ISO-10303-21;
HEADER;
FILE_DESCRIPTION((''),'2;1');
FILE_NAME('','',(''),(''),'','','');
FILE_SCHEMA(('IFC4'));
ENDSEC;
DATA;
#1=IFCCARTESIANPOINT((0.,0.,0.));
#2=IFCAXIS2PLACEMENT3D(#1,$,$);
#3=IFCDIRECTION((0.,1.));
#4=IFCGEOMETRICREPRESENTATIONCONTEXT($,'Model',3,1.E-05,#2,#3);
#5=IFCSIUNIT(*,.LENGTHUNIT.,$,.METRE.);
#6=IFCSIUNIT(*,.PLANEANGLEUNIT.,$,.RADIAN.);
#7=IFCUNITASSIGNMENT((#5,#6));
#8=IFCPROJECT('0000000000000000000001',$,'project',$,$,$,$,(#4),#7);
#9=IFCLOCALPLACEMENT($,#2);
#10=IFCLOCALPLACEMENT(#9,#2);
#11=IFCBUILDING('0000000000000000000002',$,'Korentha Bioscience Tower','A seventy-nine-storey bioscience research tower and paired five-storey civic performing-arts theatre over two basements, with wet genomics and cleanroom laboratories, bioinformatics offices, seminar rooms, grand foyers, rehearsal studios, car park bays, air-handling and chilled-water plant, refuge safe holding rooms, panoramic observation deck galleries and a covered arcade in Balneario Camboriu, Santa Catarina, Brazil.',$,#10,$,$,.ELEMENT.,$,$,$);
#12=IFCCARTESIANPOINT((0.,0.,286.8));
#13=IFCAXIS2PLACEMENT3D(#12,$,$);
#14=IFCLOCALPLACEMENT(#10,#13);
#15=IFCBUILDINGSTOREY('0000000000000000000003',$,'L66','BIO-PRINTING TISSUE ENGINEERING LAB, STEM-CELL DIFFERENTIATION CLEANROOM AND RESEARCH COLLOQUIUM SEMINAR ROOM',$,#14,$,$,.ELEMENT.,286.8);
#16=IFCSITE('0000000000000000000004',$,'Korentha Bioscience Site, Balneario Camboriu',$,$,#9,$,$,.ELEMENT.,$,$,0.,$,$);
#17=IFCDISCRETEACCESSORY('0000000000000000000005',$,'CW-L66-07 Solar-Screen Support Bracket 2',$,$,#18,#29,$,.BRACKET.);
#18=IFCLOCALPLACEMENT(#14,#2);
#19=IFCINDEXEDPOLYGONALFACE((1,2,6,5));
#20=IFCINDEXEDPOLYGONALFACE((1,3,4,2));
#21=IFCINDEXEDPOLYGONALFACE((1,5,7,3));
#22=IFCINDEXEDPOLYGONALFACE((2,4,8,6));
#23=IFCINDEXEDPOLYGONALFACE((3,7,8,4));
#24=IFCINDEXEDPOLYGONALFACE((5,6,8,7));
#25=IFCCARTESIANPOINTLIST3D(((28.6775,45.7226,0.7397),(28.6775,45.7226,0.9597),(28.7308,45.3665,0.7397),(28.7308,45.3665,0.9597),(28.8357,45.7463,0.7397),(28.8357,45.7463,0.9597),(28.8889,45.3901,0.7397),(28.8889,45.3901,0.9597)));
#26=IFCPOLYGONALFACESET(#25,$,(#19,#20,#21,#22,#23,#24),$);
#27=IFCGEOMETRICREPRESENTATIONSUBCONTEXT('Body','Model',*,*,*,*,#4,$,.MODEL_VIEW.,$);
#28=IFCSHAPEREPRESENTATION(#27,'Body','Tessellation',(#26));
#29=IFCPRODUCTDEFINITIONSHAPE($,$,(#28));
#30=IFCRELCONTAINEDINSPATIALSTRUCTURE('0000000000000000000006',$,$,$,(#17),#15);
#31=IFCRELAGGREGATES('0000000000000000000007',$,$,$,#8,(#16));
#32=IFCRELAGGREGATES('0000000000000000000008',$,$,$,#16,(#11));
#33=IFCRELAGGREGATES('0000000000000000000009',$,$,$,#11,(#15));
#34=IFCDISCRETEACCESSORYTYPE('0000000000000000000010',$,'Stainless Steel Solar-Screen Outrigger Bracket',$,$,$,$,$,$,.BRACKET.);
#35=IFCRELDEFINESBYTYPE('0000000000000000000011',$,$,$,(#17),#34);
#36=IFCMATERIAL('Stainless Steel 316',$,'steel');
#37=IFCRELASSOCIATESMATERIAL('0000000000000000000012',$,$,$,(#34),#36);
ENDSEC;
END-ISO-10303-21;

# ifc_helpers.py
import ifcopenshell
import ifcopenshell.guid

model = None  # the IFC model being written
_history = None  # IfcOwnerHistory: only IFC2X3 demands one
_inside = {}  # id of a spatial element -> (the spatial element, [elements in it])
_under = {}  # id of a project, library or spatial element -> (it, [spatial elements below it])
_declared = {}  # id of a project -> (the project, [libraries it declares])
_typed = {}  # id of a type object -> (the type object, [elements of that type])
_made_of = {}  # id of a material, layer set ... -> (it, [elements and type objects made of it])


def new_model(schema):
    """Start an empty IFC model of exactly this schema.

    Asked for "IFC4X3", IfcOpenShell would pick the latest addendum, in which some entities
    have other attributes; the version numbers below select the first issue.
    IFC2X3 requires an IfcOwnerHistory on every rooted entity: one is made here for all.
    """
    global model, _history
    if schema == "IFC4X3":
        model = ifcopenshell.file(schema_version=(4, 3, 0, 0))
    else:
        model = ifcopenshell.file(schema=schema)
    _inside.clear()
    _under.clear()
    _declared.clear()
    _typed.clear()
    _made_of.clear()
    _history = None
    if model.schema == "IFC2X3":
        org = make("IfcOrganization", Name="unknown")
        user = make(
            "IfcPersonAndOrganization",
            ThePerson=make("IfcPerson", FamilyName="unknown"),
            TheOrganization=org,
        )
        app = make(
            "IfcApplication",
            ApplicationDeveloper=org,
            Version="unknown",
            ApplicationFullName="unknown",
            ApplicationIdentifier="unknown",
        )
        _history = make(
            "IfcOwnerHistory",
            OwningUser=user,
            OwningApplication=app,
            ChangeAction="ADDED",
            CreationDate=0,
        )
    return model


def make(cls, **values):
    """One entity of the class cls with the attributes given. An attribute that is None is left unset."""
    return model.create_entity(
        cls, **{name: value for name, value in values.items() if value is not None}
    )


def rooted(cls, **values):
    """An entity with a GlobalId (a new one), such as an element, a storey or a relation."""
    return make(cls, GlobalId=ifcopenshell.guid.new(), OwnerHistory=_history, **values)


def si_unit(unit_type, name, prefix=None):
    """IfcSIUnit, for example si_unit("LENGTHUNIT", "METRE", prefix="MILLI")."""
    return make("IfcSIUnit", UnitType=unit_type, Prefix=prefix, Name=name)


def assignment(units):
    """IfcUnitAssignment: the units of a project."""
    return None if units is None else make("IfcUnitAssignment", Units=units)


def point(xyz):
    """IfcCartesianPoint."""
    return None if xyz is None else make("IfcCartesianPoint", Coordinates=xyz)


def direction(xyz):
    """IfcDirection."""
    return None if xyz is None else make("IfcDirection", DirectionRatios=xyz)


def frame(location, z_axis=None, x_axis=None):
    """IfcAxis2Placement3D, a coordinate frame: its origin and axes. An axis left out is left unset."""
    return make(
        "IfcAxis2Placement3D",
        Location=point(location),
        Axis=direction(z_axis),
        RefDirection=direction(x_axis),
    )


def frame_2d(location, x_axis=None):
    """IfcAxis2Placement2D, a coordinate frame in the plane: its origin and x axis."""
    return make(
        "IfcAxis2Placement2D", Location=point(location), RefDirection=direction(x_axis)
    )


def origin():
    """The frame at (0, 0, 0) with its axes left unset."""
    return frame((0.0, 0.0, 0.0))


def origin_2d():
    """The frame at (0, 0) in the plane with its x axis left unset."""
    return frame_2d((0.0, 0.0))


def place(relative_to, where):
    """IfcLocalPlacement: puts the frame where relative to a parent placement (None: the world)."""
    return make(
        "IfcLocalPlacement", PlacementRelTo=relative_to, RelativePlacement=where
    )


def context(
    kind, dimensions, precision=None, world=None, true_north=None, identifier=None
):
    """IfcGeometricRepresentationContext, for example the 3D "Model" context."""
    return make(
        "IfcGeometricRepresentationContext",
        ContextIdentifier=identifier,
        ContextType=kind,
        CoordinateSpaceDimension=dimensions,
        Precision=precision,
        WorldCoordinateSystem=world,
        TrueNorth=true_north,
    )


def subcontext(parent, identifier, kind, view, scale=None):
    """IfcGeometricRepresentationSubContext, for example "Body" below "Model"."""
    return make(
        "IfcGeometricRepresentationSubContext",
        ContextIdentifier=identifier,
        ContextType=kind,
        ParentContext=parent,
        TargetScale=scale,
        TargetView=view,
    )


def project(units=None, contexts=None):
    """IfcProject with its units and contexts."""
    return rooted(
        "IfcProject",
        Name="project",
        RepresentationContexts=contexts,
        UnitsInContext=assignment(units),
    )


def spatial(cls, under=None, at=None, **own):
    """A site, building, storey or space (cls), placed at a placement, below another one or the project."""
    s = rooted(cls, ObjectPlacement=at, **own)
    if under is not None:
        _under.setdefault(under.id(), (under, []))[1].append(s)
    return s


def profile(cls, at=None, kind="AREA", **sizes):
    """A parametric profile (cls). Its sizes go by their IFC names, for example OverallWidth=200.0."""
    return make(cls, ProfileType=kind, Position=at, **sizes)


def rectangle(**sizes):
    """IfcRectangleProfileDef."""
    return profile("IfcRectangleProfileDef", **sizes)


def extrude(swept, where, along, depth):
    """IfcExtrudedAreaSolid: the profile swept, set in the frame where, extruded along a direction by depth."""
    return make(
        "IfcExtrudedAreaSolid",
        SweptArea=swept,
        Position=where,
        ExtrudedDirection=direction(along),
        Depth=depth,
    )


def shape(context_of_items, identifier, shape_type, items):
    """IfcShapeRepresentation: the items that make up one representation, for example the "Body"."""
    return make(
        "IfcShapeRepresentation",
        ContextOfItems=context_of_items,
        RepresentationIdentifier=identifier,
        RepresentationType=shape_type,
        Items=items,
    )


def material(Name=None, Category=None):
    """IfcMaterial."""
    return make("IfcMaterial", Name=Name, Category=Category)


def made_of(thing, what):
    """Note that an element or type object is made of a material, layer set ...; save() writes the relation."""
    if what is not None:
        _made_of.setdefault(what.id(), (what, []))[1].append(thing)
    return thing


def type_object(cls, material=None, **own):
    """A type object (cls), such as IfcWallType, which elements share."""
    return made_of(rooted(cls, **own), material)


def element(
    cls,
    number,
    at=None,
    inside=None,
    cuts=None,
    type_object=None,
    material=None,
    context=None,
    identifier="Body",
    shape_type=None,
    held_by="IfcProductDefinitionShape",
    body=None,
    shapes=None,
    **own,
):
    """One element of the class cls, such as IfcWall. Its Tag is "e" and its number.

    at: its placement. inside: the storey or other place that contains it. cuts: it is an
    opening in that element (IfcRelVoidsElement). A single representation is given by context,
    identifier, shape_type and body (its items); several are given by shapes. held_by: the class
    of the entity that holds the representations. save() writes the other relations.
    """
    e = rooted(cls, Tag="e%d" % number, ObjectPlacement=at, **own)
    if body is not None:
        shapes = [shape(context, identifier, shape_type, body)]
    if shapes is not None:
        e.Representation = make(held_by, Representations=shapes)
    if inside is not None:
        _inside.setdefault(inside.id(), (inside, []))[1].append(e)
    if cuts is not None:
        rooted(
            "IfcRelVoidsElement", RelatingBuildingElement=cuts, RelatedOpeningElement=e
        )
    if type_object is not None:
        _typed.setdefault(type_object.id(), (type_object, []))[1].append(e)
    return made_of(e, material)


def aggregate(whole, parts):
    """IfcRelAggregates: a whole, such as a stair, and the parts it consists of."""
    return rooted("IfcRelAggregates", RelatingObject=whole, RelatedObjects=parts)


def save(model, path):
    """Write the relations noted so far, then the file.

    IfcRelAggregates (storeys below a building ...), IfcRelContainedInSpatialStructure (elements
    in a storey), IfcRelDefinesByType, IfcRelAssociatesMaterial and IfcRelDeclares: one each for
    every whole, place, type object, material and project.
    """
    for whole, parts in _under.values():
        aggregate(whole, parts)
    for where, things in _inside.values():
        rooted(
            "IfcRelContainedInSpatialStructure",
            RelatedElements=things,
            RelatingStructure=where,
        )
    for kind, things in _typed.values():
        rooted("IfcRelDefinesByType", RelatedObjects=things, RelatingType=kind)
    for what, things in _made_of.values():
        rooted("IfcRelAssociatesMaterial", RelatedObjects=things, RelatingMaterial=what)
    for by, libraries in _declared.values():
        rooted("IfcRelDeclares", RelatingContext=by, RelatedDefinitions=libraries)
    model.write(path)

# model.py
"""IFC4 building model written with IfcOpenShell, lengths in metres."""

from ifc_helpers import new_model, si_unit, direction, frame, origin, origin_2d, place, context, subcontext, project, spatial, rectangle, extrude, material, type_object, element, save


model = new_model("IFC4")

# Units and contexts
model_context = context("Model", 3, precision=1e-05, world=origin(), true_north=direction((0.0, 1.0)))
body_context = subcontext(model_context, "Body", "Model", "MODEL_VIEW")
ifc_project = project(units=[si_unit("LENGTHUNIT", "METRE"), si_unit("PLANEANGLEUNIT", "RADIAN")], contexts=[model_context])

# Site, building, storey
site_placement = place(None, origin())
site = spatial("IfcSite", under=ifc_project, at=site_placement, Name="Korentha Bioscience Site, Balneario Camboriu", CompositionType="ELEMENT", RefElevation=0.0)
building_placement = place(site_placement, origin())
building = spatial("IfcBuilding", under=site, at=building_placement, Name="Korentha Bioscience Tower", Description="A seventy-nine-storey bioscience research tower and paired five-storey civic performing-arts theatre over two basements, with wet genomics and cleanroom laboratories, bioinformatics offices, seminar rooms, grand foyers, rehearsal studios, car park bays, air-handling and chilled-water plant, refuge safe holding rooms, panoramic observation deck galleries and a covered arcade in Balneario Camboriu, Santa Catarina, Brazil.", CompositionType="ELEMENT")
storey_placement = place(building_placement, frame((0.0, 0.0, 286.8)))
storey = spatial("IfcBuildingStorey", under=building, at=storey_placement, Name="L66", Description="BIO-PRINTING TISSUE ENGINEERING LAB, STEM-CELL DIFFERENTIATION CLEANROOM AND RESEARCH COLLOQUIUM SEMINAR ROOM", CompositionType="ELEMENT", Elevation=286.8)

# Discrete accessory
ifc_material_1 = material(Name="Stainless Steel 316", Category="steel")
discrete_accessory_type = type_object("IfcDiscreteAccessoryType", Name="Stainless Steel Solar-Screen Outrigger Bracket", PredefinedType="BRACKET", material=ifc_material_1)
discrete_accessory_placement = place(storey_placement, frame((28.7832, 45.5564, 0.7397), z_axis=(0.0, 0.0, 1.0), x_axis=(-0.989007, -0.147871, 0.0)))
element("IfcDiscreteAccessory", 1, at=discrete_accessory_placement, inside=storey, type_object=discrete_accessory_type, Name="CW-L66-07 Solar-Screen Support Bracket 2", PredefinedType="BRACKET", context=body_context, shape_type="SweptSolid", body=[
    extrude(rectangle(XDim=0.1599, YDim=0.3601, at=origin_2d()), origin(), (0.0, 0.0, 1.0), 0.22),
])

save(model, "model.ifc")
